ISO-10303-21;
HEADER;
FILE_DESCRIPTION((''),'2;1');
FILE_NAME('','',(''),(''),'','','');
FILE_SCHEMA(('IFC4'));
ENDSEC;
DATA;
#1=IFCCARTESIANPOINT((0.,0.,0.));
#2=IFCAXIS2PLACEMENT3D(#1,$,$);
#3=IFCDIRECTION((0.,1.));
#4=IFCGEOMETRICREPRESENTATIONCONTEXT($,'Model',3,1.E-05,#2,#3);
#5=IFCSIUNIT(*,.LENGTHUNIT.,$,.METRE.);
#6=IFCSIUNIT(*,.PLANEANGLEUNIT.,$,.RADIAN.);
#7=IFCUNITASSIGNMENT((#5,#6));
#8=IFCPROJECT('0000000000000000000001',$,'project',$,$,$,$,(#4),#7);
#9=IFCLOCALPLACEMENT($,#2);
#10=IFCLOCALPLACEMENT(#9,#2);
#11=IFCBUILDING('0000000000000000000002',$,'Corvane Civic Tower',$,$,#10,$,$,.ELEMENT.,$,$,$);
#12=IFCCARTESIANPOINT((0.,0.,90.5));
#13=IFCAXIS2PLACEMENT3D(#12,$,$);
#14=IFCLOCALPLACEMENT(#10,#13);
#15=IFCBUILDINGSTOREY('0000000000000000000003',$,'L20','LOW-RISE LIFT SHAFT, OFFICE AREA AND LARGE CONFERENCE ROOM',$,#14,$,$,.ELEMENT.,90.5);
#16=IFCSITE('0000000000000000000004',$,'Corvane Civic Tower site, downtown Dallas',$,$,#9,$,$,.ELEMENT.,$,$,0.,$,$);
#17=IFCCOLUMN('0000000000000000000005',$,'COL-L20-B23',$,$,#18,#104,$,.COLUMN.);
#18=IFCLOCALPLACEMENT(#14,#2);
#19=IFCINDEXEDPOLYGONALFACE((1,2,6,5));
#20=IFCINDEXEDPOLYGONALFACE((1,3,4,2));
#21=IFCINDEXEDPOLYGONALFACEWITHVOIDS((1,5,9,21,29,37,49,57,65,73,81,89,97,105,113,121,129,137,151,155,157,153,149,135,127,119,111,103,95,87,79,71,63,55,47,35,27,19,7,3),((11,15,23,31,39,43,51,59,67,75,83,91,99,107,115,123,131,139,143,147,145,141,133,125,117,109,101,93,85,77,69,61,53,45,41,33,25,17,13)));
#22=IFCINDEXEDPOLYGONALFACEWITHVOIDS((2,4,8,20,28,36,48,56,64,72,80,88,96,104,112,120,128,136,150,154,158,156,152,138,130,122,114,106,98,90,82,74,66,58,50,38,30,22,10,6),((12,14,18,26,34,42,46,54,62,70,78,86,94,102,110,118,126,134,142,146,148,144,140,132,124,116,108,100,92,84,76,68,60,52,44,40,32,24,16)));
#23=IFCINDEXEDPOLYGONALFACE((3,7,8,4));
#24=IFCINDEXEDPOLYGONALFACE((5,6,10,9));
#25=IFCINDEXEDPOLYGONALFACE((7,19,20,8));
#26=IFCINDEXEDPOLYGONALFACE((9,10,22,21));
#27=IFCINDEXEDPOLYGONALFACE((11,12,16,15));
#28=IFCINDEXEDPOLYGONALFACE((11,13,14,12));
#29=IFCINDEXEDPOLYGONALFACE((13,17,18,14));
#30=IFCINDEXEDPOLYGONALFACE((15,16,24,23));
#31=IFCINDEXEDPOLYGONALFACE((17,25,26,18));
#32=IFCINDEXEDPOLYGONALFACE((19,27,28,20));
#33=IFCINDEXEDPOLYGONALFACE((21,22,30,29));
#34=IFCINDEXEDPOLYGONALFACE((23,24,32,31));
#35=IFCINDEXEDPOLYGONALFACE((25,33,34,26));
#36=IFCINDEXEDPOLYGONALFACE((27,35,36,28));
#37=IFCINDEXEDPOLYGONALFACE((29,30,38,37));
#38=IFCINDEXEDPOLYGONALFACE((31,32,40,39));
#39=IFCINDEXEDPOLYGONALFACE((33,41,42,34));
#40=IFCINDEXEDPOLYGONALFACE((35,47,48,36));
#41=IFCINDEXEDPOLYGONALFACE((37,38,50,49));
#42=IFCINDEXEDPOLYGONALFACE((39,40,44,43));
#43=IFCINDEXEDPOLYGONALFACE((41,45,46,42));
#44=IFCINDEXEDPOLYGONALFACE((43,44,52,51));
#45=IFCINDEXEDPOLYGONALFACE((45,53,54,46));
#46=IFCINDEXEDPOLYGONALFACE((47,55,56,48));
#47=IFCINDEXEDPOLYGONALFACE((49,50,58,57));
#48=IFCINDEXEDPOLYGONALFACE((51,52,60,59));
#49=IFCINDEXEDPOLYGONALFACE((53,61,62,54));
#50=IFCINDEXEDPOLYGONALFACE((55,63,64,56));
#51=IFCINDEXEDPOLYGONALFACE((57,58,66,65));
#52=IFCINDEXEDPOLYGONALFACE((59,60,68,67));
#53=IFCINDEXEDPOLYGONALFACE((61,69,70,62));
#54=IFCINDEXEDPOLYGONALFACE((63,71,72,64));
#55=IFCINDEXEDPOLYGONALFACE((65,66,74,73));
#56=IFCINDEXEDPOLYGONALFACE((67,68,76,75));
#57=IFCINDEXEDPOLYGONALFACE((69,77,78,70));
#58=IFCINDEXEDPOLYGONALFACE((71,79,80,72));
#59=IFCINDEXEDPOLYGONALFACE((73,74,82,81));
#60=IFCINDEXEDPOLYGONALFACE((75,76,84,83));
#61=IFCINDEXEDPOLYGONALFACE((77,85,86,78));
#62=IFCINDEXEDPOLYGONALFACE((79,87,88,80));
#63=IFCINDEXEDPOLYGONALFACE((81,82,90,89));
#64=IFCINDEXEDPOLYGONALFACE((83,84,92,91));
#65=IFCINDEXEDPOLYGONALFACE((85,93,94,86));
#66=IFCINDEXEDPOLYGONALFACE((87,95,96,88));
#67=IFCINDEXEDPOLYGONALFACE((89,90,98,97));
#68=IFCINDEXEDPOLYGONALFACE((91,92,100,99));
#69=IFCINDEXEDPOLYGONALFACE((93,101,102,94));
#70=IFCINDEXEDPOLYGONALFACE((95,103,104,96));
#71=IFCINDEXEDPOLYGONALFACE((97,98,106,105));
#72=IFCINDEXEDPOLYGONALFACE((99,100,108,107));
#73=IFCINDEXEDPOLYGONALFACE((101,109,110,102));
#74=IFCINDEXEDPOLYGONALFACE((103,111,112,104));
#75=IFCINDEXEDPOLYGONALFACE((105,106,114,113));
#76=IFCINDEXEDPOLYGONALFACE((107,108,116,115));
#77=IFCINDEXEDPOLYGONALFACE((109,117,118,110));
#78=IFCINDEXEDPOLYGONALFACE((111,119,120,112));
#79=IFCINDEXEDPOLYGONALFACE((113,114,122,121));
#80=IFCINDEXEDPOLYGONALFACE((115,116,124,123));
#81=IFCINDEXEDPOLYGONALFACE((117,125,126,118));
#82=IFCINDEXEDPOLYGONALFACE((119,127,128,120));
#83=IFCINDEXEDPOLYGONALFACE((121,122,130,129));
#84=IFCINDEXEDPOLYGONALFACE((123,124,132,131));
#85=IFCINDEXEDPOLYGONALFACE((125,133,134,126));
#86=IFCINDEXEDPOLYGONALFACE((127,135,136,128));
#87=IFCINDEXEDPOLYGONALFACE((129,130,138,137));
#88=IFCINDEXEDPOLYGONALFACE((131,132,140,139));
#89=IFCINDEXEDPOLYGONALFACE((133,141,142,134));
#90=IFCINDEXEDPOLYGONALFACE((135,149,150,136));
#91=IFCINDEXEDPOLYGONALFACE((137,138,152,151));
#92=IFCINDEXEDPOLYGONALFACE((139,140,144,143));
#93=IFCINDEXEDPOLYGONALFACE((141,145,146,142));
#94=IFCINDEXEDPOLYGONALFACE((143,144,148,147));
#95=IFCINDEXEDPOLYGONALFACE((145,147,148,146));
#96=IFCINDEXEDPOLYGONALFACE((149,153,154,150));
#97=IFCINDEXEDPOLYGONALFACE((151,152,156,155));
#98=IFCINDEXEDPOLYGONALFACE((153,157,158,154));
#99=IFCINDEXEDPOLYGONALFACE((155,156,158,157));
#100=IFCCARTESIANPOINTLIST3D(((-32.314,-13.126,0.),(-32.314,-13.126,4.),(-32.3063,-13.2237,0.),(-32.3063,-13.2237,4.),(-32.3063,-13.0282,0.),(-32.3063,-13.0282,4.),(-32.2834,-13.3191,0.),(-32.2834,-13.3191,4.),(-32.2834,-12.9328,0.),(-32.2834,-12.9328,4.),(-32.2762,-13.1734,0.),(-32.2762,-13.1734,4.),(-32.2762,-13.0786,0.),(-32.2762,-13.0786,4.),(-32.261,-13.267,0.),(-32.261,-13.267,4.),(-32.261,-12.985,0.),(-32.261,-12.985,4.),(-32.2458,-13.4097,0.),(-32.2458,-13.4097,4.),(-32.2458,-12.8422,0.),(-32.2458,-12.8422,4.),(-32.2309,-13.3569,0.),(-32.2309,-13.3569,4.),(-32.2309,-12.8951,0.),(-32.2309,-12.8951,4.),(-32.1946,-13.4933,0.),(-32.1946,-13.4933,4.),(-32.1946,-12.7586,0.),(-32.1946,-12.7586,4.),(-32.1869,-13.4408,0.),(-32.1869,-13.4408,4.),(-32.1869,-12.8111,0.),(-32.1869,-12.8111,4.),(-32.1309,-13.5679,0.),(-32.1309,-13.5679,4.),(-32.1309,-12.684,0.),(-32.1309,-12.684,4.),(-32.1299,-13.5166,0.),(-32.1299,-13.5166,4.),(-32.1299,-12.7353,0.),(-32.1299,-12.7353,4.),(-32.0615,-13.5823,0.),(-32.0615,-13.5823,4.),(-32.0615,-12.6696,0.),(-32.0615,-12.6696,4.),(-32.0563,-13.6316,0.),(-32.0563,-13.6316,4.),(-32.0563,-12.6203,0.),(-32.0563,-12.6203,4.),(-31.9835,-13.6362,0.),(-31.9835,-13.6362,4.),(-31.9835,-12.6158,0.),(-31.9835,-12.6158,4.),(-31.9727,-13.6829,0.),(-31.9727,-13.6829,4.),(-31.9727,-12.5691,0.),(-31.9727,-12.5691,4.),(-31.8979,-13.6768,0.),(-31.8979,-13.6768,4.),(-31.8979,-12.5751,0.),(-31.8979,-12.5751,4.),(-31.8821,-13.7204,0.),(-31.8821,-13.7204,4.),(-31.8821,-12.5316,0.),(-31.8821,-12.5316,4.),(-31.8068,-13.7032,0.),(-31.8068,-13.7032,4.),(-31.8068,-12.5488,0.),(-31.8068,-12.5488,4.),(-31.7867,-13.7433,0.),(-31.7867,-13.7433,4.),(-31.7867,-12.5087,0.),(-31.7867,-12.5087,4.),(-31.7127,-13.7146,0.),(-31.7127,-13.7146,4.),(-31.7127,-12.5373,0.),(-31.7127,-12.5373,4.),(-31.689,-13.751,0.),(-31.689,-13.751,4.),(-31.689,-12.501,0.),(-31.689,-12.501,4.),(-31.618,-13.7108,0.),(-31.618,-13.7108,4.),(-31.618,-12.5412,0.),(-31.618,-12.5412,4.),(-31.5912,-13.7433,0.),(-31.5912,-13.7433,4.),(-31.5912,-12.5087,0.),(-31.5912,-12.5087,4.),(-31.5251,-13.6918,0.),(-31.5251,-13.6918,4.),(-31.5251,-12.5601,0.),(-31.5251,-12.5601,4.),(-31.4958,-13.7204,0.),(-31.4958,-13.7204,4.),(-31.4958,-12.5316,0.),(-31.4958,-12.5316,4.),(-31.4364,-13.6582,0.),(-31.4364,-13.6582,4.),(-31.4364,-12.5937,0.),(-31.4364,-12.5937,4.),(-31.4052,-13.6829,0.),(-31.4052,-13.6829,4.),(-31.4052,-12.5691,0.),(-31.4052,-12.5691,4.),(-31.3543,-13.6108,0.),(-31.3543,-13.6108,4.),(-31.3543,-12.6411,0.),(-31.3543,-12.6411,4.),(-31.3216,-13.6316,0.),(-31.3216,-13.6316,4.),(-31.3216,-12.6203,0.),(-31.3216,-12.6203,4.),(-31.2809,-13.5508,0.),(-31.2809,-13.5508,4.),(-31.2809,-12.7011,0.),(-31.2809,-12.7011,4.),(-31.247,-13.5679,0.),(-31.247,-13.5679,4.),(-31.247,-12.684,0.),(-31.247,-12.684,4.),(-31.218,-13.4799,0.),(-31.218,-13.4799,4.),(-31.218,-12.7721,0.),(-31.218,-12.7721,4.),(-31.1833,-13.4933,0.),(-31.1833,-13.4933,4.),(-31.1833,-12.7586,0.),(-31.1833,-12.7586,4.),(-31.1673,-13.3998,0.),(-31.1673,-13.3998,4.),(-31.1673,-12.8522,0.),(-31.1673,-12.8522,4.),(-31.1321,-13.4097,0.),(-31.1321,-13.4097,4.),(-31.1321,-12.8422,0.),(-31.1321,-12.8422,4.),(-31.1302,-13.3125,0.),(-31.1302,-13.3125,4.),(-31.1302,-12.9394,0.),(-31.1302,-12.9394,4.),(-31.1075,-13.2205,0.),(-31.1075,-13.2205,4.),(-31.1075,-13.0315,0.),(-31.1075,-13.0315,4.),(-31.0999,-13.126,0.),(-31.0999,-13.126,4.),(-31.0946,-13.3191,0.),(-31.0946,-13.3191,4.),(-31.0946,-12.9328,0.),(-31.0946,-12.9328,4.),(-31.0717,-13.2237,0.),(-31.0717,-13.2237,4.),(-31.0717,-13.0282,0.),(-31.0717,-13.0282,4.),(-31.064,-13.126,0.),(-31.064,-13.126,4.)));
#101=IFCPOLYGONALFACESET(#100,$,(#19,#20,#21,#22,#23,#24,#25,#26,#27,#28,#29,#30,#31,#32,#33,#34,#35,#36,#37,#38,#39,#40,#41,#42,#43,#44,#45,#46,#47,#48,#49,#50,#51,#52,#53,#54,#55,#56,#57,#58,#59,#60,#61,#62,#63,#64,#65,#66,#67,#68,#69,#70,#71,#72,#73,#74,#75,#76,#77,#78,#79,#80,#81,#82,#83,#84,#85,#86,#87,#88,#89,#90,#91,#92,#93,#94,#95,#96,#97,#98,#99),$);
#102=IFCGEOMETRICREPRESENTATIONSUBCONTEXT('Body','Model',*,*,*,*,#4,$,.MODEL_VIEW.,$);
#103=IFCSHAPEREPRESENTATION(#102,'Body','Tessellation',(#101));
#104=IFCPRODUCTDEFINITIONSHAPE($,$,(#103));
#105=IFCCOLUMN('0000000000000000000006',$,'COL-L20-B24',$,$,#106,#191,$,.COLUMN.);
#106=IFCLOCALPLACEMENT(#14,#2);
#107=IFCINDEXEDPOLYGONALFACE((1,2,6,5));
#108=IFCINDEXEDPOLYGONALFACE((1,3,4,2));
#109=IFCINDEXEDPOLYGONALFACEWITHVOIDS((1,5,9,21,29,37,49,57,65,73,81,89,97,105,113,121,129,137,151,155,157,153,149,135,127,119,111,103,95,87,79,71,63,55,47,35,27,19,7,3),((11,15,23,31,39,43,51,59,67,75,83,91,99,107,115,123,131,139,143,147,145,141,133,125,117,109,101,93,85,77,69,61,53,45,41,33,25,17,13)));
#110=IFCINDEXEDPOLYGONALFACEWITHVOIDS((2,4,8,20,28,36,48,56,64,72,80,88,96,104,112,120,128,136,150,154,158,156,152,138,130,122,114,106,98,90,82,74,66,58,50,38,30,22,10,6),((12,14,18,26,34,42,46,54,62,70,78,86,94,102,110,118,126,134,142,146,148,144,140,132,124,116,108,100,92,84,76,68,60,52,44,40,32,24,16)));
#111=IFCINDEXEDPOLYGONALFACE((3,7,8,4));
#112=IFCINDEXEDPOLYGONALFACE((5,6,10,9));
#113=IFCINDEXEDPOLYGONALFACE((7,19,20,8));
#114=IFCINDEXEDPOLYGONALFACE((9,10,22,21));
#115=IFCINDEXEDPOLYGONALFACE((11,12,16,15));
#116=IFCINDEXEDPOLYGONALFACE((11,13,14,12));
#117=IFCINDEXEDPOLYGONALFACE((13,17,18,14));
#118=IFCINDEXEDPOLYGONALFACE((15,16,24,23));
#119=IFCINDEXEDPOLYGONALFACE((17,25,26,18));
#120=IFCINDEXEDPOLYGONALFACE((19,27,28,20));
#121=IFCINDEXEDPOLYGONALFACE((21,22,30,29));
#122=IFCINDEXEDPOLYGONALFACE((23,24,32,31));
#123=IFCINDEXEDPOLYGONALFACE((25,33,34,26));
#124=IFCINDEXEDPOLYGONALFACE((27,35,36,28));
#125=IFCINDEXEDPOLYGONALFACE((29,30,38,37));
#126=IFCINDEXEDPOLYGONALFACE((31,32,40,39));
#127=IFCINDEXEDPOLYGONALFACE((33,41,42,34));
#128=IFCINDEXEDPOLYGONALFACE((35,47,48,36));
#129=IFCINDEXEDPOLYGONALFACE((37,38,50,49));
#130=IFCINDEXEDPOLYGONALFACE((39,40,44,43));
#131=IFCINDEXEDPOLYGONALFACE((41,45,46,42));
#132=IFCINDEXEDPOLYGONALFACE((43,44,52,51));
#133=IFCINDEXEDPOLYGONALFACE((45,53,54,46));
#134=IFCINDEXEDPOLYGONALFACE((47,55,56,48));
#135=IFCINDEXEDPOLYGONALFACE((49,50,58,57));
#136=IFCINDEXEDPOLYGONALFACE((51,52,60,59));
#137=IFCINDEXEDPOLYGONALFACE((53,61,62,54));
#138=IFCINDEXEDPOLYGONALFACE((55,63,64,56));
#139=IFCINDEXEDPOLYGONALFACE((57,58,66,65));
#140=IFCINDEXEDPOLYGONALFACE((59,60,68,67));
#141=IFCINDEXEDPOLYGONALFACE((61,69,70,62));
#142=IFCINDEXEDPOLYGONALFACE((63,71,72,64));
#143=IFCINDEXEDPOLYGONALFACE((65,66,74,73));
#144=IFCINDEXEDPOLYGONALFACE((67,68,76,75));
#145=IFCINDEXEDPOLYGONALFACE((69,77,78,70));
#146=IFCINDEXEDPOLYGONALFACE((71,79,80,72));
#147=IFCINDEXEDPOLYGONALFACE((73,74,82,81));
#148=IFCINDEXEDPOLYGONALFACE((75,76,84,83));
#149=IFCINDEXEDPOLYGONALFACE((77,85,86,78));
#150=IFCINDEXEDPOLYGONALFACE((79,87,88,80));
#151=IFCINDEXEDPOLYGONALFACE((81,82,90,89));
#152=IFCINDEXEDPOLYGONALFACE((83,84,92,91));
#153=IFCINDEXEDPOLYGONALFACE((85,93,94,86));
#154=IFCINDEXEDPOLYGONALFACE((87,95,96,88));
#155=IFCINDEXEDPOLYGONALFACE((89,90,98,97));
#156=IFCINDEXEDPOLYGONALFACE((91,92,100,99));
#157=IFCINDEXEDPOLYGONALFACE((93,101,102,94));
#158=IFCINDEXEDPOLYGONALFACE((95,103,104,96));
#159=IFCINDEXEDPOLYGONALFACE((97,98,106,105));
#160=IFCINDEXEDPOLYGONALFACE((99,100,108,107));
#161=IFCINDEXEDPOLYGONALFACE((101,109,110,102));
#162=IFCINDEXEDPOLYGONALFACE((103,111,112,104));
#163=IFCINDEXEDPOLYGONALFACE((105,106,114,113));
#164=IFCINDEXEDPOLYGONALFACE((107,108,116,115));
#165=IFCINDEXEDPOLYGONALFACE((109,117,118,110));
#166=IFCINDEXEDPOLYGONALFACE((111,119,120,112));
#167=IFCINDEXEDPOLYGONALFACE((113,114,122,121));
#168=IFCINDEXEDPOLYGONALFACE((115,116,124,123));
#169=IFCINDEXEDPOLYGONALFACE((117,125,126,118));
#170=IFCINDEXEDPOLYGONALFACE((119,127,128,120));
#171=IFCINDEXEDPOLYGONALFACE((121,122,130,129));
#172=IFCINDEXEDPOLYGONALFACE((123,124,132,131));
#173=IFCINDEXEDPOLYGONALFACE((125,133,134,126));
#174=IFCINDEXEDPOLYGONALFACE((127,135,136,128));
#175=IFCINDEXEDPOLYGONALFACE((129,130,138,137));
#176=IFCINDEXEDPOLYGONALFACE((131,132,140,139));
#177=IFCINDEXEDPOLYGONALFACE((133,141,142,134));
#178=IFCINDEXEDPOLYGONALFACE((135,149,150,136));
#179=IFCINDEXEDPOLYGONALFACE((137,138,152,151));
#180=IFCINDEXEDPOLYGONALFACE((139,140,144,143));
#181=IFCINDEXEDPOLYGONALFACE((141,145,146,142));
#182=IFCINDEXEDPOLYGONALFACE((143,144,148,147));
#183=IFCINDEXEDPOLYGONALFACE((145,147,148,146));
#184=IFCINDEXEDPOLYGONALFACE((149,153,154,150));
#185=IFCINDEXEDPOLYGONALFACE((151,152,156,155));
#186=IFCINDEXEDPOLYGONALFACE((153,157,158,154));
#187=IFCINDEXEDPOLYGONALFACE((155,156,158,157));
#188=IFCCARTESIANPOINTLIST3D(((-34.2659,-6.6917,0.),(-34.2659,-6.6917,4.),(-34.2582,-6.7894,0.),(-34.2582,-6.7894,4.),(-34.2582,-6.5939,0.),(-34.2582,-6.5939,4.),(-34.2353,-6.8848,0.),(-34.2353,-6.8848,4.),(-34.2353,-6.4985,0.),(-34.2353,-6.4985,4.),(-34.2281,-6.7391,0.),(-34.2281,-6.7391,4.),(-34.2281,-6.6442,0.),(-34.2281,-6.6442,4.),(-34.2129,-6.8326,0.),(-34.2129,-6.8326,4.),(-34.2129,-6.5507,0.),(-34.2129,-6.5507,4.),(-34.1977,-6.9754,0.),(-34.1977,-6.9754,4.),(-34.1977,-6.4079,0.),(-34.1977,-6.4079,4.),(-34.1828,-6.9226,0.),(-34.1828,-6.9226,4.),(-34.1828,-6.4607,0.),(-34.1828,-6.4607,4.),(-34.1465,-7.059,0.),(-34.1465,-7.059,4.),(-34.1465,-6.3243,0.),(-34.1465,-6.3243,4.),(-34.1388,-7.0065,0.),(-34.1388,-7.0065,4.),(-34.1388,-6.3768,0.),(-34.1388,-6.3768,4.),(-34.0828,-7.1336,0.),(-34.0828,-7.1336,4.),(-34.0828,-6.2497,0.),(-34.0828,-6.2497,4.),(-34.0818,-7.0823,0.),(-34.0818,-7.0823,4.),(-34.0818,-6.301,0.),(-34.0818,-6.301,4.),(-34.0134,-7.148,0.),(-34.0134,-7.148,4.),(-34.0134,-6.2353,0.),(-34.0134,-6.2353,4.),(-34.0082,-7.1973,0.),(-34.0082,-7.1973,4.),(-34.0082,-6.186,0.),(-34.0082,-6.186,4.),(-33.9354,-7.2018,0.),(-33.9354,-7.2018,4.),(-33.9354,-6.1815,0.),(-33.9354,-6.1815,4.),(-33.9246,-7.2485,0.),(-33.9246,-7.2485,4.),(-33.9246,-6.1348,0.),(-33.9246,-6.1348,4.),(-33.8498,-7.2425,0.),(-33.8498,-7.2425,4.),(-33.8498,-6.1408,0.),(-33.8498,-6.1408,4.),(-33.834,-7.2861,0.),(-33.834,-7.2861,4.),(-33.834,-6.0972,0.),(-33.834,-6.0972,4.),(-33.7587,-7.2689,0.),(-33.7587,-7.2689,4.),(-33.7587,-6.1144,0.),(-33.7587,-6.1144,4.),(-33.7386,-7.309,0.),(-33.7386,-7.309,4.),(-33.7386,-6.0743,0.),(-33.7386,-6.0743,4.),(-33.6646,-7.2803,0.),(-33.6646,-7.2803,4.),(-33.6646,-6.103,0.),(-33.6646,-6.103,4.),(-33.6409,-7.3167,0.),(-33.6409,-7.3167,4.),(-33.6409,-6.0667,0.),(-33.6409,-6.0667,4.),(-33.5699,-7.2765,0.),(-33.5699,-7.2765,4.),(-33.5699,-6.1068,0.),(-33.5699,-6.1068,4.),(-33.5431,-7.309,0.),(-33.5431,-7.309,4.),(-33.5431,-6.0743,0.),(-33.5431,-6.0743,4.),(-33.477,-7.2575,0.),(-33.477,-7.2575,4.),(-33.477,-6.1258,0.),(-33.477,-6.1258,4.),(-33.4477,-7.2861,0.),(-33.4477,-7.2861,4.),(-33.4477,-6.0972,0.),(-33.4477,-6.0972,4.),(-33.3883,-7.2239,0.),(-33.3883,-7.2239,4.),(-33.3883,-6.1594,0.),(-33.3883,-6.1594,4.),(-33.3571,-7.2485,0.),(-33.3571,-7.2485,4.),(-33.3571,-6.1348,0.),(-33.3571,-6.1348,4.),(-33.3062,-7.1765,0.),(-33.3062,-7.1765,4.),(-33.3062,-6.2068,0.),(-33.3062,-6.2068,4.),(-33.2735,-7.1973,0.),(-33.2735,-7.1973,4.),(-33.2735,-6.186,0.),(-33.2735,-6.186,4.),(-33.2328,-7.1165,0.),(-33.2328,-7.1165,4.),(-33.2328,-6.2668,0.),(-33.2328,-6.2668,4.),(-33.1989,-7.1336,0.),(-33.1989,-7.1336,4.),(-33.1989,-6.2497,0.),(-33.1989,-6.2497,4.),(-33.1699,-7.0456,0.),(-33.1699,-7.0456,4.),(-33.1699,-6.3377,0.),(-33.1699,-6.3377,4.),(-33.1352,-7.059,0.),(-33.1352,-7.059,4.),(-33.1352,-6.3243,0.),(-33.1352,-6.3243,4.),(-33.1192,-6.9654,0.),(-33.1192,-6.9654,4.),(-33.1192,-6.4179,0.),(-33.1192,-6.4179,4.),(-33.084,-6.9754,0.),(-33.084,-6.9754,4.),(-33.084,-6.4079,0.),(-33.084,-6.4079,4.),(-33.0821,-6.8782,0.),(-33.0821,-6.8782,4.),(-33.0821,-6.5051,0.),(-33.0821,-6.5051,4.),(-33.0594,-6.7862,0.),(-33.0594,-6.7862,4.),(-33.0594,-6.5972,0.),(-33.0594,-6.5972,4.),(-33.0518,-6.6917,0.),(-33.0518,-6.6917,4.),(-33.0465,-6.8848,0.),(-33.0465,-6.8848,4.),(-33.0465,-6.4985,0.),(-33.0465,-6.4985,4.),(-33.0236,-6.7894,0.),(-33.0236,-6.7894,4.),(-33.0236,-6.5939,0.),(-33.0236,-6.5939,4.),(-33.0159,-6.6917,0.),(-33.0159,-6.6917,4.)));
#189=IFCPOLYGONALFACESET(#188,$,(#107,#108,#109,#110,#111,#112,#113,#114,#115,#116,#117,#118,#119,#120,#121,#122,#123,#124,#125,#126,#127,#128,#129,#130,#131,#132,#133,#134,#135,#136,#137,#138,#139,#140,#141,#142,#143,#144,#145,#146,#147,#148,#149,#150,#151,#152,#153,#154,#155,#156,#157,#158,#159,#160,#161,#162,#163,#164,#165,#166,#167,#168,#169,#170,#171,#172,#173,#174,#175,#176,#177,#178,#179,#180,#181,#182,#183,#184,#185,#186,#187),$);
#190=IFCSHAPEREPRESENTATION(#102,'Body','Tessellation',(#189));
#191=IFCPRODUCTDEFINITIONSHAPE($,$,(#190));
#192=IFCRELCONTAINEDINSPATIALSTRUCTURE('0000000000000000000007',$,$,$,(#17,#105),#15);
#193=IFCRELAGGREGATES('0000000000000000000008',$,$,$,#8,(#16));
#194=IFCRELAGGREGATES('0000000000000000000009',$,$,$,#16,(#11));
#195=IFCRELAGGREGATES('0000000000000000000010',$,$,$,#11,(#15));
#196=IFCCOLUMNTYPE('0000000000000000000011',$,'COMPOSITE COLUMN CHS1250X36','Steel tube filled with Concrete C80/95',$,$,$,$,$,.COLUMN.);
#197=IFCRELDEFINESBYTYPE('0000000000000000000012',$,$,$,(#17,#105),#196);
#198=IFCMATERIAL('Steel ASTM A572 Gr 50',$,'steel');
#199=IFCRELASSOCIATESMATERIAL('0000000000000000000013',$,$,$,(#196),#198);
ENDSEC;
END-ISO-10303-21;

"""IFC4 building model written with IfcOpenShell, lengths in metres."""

from ifc_helpers import new_model, si_unit, direction, frame, origin, origin_2d, place, context, subcontext, project, spatial, hollow_circle, extrude, material, material_profile, profile_set, type_object, element, save


model = new_model("IFC4")

# Units and contexts
model_context = context("Model", 3, precision=1e-05, world=origin(), true_north=direction((0.0, 1.0)))
body_context = subcontext(model_context, "Body", "Model", "MODEL_VIEW")
ifc_project = project(units=[si_unit("LENGTHUNIT", "METRE"), si_unit("PLANEANGLEUNIT", "RADIAN")], contexts=[model_context])

# Site, building, storey
site_placement = place(None, origin())
site = spatial("IfcSite", under=ifc_project, at=site_placement, Name="Corvane Civic Tower site, downtown Dallas", CompositionType="ELEMENT", RefElevation=0.0)
building_placement = place(site_placement, origin())
building = spatial("IfcBuilding", under=site, at=building_placement, Name="Corvane Civic Tower", CompositionType="ELEMENT")
storey_placement = place(building_placement, frame((0.0, 0.0, 90.5)))
storey = spatial("IfcBuildingStorey", under=building, at=storey_placement, Name="L20", Description="LOW-RISE LIFT SHAFT, OFFICE AREA AND LARGE CONFERENCE ROOM", CompositionType="ELEMENT", Elevation=90.5)

# Columns
ifc_material_1 = material(Name="Steel ASTM A572 Gr 50", Category="steel")
ifc_material_profile_1 = material_profile(ifc_material_1, hollow_circle(Radius=0.625, WallThickness=0.0359, at=origin_2d()), Name="CHS1250X36")
ifc_profile_set_1 = profile_set([ifc_material_profile_1], Name="Steel ASTM A572 Gr 50")
column_type = type_object("IfcColumnType", Name="COMPOSITE COLUMN CHS1250X36", Description="Steel tube filled with Concrete C80/95", PredefinedType="COLUMN", material=ifc_profile_set_1)
for number, where, z_axis, x_axis, name in (
    (1, (-31.689, -13.126, 0.0), (0.0, 0.0, 1.0), (1.0, 0.0, 0.0), "COL-L20-B23"),
    (2, (-33.6409, -6.6917, 0.0), (0.0, 0.0, 1.0), (1.0, 0.0, 0.0), "COL-L20-B24"),
):
    element("IfcColumn", number, at=place(storey_placement, frame(where, z_axis=z_axis, x_axis=x_axis)), inside=storey, type_object=column_type, Name=name, PredefinedType="COLUMN", context=body_context, shape_type="SweptSolid", body=[
        extrude(hollow_circle(Radius=0.625, WallThickness=0.0359, at=origin_2d()), origin(), (0.0, 0.0, 1.0), 4.0),
    ])

save(model, "model.ifc")
